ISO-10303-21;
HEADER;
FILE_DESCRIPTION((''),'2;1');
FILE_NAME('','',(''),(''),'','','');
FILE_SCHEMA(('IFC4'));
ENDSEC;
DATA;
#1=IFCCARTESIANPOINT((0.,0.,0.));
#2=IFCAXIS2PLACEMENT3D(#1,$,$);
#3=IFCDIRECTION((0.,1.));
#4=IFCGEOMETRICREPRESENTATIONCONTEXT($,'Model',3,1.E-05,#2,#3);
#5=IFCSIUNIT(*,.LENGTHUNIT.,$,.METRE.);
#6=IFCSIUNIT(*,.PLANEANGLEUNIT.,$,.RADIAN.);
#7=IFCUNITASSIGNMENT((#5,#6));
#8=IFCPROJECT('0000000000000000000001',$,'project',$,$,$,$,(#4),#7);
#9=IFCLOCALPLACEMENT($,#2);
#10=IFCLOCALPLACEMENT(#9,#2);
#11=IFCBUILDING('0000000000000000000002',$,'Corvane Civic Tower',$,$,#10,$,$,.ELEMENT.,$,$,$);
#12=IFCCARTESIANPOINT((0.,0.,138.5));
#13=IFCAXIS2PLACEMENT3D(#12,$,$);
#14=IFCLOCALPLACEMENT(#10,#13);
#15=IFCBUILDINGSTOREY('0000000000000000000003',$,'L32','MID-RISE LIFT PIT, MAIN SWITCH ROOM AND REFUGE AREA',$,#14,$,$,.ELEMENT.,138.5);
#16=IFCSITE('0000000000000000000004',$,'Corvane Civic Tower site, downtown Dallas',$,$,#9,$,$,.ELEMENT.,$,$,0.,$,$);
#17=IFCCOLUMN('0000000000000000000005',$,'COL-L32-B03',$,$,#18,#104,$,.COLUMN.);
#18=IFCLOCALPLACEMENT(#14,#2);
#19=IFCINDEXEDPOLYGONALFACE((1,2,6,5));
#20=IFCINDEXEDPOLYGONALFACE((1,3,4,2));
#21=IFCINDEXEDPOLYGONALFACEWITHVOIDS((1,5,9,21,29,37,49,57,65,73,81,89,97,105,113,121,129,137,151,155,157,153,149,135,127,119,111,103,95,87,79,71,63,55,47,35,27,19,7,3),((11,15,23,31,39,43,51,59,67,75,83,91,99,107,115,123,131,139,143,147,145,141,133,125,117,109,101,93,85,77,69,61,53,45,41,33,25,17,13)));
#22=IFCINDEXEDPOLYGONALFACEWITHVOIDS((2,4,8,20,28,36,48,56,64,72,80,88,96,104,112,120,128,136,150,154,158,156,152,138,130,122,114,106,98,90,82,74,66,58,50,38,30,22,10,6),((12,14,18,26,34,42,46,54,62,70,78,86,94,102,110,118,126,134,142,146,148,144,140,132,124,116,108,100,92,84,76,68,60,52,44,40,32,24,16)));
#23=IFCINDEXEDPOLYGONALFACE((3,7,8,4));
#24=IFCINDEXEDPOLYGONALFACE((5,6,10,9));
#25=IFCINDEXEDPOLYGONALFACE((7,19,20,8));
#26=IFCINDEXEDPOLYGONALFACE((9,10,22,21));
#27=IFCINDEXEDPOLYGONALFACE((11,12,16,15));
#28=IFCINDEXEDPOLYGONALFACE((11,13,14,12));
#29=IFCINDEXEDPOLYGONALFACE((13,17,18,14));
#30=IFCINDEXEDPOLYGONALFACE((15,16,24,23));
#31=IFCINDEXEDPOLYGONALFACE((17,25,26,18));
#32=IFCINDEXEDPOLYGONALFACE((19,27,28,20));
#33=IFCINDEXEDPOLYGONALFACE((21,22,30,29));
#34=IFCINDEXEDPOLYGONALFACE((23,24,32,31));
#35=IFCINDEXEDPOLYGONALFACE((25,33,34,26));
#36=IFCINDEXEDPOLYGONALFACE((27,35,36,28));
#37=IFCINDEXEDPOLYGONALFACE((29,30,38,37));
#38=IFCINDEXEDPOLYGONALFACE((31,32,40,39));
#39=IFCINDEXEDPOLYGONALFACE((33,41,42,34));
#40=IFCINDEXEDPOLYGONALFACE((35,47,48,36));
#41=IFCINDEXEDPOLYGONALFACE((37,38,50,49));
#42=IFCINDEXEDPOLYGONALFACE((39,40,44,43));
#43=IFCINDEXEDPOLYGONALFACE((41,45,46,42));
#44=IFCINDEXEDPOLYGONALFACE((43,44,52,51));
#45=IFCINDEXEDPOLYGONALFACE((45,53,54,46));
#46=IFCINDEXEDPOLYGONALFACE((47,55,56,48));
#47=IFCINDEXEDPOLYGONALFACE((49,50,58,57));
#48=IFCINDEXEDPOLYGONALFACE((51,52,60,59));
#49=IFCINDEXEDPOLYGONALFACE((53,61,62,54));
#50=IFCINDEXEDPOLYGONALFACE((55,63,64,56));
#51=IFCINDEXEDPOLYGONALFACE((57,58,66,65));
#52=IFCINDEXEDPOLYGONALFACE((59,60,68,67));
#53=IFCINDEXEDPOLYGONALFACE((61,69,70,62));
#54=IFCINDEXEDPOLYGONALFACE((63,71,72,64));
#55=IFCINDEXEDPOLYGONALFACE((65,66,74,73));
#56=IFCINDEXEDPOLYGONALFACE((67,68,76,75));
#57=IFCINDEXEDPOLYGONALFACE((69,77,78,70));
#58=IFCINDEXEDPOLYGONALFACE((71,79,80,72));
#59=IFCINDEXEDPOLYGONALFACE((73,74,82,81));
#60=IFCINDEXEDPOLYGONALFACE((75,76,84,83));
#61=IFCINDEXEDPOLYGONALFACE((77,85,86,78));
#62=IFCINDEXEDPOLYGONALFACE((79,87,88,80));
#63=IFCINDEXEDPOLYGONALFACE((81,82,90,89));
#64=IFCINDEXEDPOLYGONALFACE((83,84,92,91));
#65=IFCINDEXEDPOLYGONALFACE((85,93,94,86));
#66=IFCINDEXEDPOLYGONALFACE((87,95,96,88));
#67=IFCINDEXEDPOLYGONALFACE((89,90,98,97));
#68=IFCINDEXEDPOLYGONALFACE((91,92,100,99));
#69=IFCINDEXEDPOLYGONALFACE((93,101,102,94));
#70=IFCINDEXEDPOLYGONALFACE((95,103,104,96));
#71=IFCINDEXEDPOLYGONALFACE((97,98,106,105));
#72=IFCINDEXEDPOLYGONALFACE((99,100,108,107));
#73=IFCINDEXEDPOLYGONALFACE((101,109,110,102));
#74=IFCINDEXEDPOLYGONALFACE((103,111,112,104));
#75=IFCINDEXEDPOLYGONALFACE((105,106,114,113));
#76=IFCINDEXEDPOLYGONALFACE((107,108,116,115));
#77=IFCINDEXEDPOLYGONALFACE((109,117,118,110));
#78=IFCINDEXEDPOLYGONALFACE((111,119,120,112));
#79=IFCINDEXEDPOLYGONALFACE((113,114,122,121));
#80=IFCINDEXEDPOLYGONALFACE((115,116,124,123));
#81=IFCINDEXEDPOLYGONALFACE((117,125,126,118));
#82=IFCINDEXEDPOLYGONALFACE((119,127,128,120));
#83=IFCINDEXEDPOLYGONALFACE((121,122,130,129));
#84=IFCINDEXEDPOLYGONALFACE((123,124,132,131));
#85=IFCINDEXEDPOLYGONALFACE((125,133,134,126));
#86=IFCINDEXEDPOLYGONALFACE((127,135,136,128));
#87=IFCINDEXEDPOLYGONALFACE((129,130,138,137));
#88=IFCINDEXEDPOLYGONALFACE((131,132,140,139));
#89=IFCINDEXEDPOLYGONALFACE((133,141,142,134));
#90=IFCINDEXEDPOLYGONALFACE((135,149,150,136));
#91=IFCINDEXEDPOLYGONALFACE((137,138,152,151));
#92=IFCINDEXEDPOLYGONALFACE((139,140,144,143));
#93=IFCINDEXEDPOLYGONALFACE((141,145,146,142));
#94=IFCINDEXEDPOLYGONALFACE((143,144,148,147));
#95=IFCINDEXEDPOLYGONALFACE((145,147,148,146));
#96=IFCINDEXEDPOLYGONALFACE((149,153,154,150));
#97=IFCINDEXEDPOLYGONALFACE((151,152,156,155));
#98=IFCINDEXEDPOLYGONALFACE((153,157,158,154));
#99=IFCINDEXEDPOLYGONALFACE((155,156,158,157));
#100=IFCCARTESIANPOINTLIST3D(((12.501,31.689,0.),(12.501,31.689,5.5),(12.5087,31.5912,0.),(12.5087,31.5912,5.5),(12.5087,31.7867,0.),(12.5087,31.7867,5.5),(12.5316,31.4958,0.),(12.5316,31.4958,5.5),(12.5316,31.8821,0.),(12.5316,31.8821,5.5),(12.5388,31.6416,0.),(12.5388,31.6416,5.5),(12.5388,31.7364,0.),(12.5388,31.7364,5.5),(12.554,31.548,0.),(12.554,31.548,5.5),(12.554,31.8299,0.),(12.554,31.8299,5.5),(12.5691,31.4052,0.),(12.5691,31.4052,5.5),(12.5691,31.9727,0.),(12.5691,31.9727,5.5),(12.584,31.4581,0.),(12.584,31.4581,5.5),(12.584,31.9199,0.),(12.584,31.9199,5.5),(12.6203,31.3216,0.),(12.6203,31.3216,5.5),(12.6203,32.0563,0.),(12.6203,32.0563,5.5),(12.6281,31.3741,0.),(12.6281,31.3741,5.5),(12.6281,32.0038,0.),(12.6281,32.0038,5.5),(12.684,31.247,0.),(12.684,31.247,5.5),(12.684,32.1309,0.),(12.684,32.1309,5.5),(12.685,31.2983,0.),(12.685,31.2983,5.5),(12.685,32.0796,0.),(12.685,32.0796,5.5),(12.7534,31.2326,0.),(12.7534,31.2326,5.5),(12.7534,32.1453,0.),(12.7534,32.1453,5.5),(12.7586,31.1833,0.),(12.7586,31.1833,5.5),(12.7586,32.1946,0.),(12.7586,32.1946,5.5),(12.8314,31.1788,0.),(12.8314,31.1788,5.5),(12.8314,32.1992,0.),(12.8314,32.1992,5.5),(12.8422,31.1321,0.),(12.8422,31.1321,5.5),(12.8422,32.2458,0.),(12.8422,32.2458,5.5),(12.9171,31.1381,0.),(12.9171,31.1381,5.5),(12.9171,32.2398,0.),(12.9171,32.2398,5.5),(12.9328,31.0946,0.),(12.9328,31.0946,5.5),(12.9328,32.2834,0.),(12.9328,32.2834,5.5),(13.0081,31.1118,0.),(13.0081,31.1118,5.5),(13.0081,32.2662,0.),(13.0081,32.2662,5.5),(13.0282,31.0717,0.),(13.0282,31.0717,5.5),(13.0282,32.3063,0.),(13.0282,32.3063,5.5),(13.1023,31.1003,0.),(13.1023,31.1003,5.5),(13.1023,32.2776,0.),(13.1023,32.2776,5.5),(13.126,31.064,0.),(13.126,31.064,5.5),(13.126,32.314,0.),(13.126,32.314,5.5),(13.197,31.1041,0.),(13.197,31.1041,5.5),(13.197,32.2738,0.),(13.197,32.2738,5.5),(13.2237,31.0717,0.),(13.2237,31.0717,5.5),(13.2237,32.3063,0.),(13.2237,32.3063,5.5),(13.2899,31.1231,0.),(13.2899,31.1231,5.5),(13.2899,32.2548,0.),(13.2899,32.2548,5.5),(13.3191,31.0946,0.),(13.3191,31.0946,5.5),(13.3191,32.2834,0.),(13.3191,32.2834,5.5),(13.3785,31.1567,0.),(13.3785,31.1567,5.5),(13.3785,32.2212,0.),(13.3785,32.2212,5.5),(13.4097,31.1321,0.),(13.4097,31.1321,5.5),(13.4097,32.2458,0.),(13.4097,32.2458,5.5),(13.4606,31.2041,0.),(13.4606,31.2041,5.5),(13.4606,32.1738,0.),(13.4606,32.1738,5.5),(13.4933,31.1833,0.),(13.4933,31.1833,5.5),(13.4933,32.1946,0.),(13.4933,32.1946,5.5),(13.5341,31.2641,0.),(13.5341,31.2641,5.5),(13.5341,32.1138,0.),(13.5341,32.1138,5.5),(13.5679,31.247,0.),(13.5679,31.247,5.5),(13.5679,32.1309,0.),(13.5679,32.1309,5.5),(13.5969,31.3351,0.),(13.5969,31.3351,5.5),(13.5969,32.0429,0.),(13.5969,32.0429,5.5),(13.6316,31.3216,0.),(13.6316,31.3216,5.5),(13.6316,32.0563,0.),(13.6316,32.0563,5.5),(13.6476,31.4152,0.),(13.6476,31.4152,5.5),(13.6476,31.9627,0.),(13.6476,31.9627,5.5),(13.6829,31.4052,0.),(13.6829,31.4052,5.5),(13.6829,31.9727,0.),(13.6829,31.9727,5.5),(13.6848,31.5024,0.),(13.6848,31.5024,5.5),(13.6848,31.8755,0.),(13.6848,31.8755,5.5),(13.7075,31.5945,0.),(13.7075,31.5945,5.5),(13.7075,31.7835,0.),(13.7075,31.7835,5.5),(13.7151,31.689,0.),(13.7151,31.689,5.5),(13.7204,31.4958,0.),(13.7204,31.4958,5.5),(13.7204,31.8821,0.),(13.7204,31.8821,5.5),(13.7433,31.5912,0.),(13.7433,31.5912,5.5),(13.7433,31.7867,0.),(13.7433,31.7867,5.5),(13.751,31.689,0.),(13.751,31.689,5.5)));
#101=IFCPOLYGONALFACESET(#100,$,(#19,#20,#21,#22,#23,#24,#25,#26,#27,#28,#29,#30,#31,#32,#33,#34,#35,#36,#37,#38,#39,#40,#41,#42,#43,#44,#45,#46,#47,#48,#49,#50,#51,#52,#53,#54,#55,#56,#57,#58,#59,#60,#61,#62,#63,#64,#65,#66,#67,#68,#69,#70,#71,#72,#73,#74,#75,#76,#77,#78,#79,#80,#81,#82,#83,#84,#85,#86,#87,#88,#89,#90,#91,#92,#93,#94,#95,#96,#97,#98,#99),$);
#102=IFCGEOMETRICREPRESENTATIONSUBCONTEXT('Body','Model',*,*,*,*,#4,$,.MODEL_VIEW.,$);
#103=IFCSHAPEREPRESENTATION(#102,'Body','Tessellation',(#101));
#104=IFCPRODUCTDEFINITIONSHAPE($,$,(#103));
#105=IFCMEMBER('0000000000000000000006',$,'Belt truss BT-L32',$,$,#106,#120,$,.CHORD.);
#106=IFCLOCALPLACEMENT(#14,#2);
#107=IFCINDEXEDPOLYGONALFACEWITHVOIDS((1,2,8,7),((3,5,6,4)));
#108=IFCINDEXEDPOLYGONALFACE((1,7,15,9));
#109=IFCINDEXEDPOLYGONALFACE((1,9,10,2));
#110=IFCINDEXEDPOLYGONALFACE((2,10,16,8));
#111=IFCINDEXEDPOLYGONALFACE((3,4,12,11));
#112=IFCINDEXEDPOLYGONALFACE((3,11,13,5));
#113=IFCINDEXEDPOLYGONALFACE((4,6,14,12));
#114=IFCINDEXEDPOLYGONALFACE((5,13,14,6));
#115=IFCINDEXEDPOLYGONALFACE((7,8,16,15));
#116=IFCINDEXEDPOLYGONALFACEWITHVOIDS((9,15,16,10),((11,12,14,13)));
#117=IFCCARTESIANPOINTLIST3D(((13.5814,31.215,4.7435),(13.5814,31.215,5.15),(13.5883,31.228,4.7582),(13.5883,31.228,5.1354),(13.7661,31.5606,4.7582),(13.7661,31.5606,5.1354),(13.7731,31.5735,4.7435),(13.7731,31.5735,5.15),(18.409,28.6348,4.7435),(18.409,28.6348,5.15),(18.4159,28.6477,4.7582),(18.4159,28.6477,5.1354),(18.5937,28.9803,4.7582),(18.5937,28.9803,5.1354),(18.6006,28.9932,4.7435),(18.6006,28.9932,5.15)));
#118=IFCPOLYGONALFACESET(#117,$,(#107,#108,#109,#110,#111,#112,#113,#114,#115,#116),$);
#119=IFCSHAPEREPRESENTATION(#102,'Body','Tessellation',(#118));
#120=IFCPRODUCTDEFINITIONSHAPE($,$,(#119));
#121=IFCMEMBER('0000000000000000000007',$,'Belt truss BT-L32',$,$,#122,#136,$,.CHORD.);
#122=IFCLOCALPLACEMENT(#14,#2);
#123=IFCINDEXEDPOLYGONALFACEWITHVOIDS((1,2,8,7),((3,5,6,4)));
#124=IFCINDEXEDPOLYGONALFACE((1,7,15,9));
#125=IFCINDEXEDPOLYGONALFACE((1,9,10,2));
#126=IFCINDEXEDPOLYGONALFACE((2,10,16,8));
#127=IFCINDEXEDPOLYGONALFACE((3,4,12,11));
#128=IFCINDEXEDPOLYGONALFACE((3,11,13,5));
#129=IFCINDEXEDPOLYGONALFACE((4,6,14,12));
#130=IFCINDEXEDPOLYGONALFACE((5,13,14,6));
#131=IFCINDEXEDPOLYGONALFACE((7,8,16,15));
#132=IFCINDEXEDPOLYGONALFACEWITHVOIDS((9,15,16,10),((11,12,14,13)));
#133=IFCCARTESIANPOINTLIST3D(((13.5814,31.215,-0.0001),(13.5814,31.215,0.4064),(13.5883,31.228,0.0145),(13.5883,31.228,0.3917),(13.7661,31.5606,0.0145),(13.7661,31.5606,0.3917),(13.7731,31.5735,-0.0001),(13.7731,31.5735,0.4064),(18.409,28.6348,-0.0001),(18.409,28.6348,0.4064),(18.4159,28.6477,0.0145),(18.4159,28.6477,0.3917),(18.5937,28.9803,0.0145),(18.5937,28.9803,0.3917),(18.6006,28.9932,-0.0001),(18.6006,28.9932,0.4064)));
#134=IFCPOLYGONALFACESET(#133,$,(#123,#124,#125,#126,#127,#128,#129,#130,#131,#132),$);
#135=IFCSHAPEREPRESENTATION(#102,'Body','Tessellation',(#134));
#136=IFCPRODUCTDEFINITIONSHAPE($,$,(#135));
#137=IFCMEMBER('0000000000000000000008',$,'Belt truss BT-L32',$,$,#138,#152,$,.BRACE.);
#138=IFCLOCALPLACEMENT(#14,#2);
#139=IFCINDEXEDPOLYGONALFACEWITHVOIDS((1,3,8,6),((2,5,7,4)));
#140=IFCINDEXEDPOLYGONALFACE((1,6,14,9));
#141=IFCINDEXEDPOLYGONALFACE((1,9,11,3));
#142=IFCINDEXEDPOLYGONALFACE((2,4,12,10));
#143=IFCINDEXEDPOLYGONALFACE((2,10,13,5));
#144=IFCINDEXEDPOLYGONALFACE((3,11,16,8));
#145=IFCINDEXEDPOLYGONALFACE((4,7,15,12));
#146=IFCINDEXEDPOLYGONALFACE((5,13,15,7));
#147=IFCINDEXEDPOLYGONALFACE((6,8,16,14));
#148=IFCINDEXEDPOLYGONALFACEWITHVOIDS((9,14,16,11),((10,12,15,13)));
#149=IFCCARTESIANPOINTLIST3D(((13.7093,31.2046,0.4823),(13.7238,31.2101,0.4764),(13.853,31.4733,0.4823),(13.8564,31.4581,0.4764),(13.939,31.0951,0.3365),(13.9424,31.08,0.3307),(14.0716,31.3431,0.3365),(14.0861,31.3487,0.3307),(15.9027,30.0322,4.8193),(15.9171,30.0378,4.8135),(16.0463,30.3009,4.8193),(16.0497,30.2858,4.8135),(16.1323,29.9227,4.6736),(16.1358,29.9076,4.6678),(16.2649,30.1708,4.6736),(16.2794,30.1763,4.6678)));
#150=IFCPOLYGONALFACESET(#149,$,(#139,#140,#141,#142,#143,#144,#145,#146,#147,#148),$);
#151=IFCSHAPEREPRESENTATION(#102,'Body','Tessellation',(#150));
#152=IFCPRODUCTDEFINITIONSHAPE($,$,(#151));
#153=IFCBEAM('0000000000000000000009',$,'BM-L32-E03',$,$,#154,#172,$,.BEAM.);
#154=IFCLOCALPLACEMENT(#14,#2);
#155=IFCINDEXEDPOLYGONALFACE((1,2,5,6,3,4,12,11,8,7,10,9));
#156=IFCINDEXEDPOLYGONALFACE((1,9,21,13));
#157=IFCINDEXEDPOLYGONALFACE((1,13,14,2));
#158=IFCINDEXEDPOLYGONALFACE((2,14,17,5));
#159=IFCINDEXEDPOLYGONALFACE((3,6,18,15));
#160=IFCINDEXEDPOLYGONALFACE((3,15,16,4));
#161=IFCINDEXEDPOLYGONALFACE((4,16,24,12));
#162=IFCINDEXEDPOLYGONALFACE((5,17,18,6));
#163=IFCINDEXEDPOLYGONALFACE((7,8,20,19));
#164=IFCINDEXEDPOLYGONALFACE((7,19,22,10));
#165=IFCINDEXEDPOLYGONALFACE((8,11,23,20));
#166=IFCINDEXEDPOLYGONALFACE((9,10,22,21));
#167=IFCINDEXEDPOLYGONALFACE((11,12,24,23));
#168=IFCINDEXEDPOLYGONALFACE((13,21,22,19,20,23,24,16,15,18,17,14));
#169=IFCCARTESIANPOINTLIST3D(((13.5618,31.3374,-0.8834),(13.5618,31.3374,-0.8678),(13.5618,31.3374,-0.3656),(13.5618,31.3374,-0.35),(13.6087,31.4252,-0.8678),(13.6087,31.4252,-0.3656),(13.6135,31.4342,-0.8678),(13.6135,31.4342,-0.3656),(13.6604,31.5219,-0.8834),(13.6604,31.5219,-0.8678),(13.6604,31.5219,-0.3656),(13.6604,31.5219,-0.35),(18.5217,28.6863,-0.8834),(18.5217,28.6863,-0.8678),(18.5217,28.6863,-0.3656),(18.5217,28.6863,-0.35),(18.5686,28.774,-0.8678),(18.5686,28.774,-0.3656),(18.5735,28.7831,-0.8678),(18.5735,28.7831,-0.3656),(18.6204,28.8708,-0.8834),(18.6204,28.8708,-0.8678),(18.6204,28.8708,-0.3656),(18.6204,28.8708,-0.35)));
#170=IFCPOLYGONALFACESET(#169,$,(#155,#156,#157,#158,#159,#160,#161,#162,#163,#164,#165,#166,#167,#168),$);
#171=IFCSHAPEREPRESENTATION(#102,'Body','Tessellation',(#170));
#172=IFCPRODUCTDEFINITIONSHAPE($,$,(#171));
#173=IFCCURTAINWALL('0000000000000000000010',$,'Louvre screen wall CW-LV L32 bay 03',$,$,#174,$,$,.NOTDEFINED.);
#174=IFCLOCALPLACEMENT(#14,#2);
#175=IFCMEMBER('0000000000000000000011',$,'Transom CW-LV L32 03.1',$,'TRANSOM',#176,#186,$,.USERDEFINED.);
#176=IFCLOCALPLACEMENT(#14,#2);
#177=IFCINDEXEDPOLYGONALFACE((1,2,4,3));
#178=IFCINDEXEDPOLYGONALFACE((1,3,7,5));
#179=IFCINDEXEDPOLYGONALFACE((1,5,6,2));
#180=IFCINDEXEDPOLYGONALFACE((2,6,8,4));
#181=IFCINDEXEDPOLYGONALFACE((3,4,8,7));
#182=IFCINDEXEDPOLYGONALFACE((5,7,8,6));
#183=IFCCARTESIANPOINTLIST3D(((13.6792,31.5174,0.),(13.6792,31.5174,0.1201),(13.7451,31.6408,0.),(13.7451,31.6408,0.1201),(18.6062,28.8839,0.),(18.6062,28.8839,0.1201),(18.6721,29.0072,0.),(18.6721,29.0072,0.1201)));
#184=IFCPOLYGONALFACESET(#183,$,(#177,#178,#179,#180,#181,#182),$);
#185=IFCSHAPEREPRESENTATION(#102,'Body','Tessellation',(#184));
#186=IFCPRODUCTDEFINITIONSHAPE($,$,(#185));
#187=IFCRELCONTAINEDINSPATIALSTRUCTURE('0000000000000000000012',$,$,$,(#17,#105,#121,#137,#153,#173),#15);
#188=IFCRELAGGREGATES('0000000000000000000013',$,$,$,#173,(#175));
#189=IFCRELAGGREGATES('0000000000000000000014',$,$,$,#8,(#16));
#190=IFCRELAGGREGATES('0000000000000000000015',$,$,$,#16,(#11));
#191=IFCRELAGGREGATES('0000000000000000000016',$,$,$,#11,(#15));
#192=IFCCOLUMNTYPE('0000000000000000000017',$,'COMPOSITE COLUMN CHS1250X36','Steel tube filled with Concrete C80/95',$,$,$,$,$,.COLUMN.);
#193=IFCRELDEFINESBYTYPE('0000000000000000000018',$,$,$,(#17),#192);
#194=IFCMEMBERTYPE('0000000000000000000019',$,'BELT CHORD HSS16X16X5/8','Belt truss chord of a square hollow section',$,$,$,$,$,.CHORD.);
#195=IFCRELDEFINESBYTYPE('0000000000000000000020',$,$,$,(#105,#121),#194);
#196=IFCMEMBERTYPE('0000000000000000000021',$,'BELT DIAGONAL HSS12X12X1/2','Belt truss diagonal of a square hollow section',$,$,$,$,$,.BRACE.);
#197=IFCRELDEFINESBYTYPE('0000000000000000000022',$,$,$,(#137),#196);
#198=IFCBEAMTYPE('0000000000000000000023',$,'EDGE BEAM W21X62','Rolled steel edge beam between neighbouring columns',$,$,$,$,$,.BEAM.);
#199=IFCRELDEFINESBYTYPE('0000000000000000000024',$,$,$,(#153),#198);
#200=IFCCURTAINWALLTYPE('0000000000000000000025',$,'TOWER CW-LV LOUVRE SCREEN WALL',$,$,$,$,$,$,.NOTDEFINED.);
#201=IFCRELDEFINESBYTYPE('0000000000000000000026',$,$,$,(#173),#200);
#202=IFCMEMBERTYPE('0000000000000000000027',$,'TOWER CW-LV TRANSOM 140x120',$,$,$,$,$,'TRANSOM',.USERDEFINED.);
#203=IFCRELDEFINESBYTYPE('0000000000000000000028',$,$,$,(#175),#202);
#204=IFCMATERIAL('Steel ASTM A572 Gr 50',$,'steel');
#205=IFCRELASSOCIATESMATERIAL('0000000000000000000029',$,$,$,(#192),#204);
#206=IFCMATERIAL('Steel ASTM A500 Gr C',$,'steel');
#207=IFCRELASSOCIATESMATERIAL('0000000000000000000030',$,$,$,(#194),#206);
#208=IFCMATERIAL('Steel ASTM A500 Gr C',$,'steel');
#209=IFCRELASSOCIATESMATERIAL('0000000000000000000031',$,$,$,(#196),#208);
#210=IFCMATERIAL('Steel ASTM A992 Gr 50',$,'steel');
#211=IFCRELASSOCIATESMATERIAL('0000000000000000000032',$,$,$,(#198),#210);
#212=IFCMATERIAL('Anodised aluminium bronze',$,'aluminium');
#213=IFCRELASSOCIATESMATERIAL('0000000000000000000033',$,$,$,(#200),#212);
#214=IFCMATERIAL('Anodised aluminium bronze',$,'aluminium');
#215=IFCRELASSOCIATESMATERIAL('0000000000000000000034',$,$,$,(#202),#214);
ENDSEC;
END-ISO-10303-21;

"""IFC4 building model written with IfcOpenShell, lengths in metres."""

from ifc_helpers import new_model, si_unit, direction, frame, origin, origin_2d, place, context, subcontext, project, spatial, rectangle, hollow_rectangle, hollow_circle, i_section, extrude, material, material_profile, profile_set, type_object, element, aggregate, save


model = new_model("IFC4")

# Units and contexts
model_context = context("Model", 3, precision=1e-05, world=origin(), true_north=direction((0.0, 1.0)))
body_context = subcontext(model_context, "Body", "Model", "MODEL_VIEW")
ifc_project = project(units=[si_unit("LENGTHUNIT", "METRE"), si_unit("PLANEANGLEUNIT", "RADIAN")], contexts=[model_context])

# Site, building, storey
site_placement = place(None, origin())
site = spatial("IfcSite", under=ifc_project, at=site_placement, Name="Corvane Civic Tower site, downtown Dallas", CompositionType="ELEMENT", RefElevation=0.0)
building_placement = place(site_placement, origin())
building = spatial("IfcBuilding", under=site, at=building_placement, Name="Corvane Civic Tower", CompositionType="ELEMENT")
storey_placement = place(building_placement, frame((0.0, 0.0, 138.5)))
storey = spatial("IfcBuildingStorey", under=building, at=storey_placement, Name="L32", Description="MID-RISE LIFT PIT, MAIN SWITCH ROOM AND REFUGE AREA", CompositionType="ELEMENT", Elevation=138.5)

# Column
ifc_material_1 = material(Name="Steel ASTM A572 Gr 50", Category="steel")
ifc_material_profile_1 = material_profile(ifc_material_1, hollow_circle(Radius=0.625, WallThickness=0.0359, at=origin_2d()), Name="CHS1250X36")
ifc_profile_set_1 = profile_set([ifc_material_profile_1], Name="Steel ASTM A572 Gr 50")
column_type_1 = type_object("IfcColumnType", Name="COMPOSITE COLUMN CHS1250X36", Description="Steel tube filled with Concrete C80/95", PredefinedType="COLUMN", material=ifc_profile_set_1)
column_placement = place(storey_placement, frame((13.126, 31.689, 0.0), z_axis=(0.0, 0.0, 1.0), x_axis=(1.0, 0.0, 0.0)))
element("IfcColumn", 1, at=column_placement, inside=storey, type_object=column_type_1, Name="COL-L32-B03", PredefinedType="COLUMN", context=body_context, shape_type="SweptSolid", body=[
    extrude(hollow_circle(Radius=0.625, WallThickness=0.0359, at=origin_2d()), origin(), (0.0, 0.0, 1.0), 5.5),
])

# Members
ifc_material_2 = material(Name="Steel ASTM A500 Gr C", Category="steel")
ifc_material_profile_2 = material_profile(ifc_material_2, hollow_rectangle(XDim=0.4065, YDim=0.4065, WallThickness=0.0146, at=origin_2d()), Name="HSS16X16X5/8")
ifc_profile_set_2 = profile_set([ifc_material_profile_2], Name="Steel ASTM A500 Gr C")
member_type_1 = type_object("IfcMemberType", Name="BELT CHORD HSS16X16X5/8", Description="Belt truss chord of a square hollow section", PredefinedType="CHORD", material=ifc_profile_set_2)
for number, where, z_axis, x_axis, name in (
    (2, (13.6772, 31.3943, 4.9468), (0.881929, -0.471382, 0.0), (0.471382, 0.881929, 0.0), "Belt truss BT-L32"),
    (3, (13.6772, 31.3943, 0.2031), (0.881929, -0.471382, 0.0), (0.471382, 0.881929, 0.0), "Belt truss BT-L32"),
):
    element("IfcMember", number, at=place(storey_placement, frame(where, z_axis=z_axis, x_axis=x_axis)), inside=storey, type_object=member_type_1, Name=name, PredefinedType="CHORD", context=body_context, shape_type="SweptSolid", body=[
        extrude(hollow_rectangle(XDim=0.4065, YDim=0.4065, WallThickness=0.0146, at=origin_2d()), origin(), (0.0, 0.0, 1.0), 5.4739),
    ])
ifc_material_3 = material(Name="Steel ASTM A500 Gr C", Category="steel")
ifc_material_profile_3 = material_profile(ifc_material_3, hollow_rectangle(XDim=0.3047, YDim=0.3047, WallThickness=0.0117, at=origin_2d()), Name="HSS12X12X1/2")
ifc_profile_set_3 = profile_set([ifc_material_profile_3], Name="Steel ASTM A500 Gr C")
member_type_2 = type_object("IfcMemberType", Name="BELT DIAGONAL HSS12X12X1/2", Description="Belt truss diagonal of a square hollow section", PredefinedType="BRACE", material=ifc_profile_set_3)
member_1_placement = place(storey_placement, frame((13.8977, 31.2766, 0.4065), z_axis=(0.438705, -0.23449, 0.867498), x_axis=(0.471393, 0.881923, 0.0)))
element("IfcMember", 4, at=member_1_placement, inside=storey, type_object=member_type_2, Name="Belt truss BT-L32", PredefinedType="BRACE", context=body_context, shape_type="SweptSolid", body=[
    extrude(hollow_rectangle(XDim=0.3047, YDim=0.3047, WallThickness=0.0117, at=origin_2d()), origin(), (0.0, 0.0, 1.0), 4.9995),
])

# Beam
ifc_material_4 = material(Name="Steel ASTM A992 Gr 50", Category="steel")
ifc_material_profile_4 = material_profile(ifc_material_4, i_section(OverallWidth=0.2092, OverallDepth=0.5334, WebThickness=0.0103, FlangeThickness=0.0156, at=origin_2d()), Name="W21X62")
ifc_profile_set_4 = profile_set([ifc_material_profile_4], Name="Steel ASTM A992 Gr 50")
beam_type = type_object("IfcBeamType", Name="EDGE BEAM W21X62", Description="Rolled steel edge beam between neighbouring columns", PredefinedType="BEAM", material=ifc_profile_set_4)
beam_placement = place(storey_placement, frame((13.6111, 31.4297, -0.6167), z_axis=(0.881924, -0.471392, 0.0), x_axis=(0.471392, 0.881924, 0.0)))
element("IfcBeam", 5, at=beam_placement, inside=storey, type_object=beam_type, Name="BM-L32-E03", PredefinedType="BEAM", context=body_context, shape_type="SweptSolid", body=[
    extrude(i_section(OverallWidth=0.2092, OverallDepth=0.5334, WebThickness=0.0103, FlangeThickness=0.0156, at=origin_2d()), origin(), (0.0, 0.0, 1.0), 5.624),
])

# Curtain wall, member
ifc_material_5 = material(Name="Anodised aluminium bronze", Category="aluminium")
curtain_wall_type = type_object("IfcCurtainWallType", Name="TOWER CW-LV LOUVRE SCREEN WALL", PredefinedType="NOTDEFINED", material=ifc_material_5)
curtain_wall_placement = place(storey_placement, origin())
curtain_wall = element("IfcCurtainWall", 6, at=curtain_wall_placement, inside=storey, type_object=curtain_wall_type, Name="Louvre screen wall CW-LV L32 bay 03", PredefinedType="NOTDEFINED")
ifc_material_6 = material(Name="Anodised aluminium bronze", Category="aluminium")
ifc_material_profile_5 = material_profile(ifc_material_6, rectangle(XDim=0.1399, YDim=0.1201, at=origin_2d()), Name="TOWER CW-LV TRANSOM 140x120")
ifc_profile_set_5 = profile_set([ifc_material_profile_5], Name="Anodised aluminium bronze")
member_type_3 = type_object("IfcMemberType", Name="TOWER CW-LV TRANSOM 140x120", ElementType="TRANSOM", PredefinedType="USERDEFINED", material=ifc_profile_set_5)
member_2_placement = place(storey_placement, frame((13.7122, 31.5791, 0.0601), z_axis=(0.881921, -0.471398, 0.0), x_axis=(0.471398, 0.881921, 0.0)))
member_2 = element("IfcMember", 7, at=member_2_placement, type_object=member_type_3, Name="Transom CW-LV L32 03.1", ObjectType="TRANSOM", PredefinedType="USERDEFINED", context=body_context, shape_type="SweptSolid", body=[
    extrude(rectangle(XDim=0.1399, YDim=0.1201, at=origin_2d()), origin(), (0.0, 0.0, 1.0), 5.5867),
])

aggregate(curtain_wall, [member_2])

save(model, "model.ifc")
